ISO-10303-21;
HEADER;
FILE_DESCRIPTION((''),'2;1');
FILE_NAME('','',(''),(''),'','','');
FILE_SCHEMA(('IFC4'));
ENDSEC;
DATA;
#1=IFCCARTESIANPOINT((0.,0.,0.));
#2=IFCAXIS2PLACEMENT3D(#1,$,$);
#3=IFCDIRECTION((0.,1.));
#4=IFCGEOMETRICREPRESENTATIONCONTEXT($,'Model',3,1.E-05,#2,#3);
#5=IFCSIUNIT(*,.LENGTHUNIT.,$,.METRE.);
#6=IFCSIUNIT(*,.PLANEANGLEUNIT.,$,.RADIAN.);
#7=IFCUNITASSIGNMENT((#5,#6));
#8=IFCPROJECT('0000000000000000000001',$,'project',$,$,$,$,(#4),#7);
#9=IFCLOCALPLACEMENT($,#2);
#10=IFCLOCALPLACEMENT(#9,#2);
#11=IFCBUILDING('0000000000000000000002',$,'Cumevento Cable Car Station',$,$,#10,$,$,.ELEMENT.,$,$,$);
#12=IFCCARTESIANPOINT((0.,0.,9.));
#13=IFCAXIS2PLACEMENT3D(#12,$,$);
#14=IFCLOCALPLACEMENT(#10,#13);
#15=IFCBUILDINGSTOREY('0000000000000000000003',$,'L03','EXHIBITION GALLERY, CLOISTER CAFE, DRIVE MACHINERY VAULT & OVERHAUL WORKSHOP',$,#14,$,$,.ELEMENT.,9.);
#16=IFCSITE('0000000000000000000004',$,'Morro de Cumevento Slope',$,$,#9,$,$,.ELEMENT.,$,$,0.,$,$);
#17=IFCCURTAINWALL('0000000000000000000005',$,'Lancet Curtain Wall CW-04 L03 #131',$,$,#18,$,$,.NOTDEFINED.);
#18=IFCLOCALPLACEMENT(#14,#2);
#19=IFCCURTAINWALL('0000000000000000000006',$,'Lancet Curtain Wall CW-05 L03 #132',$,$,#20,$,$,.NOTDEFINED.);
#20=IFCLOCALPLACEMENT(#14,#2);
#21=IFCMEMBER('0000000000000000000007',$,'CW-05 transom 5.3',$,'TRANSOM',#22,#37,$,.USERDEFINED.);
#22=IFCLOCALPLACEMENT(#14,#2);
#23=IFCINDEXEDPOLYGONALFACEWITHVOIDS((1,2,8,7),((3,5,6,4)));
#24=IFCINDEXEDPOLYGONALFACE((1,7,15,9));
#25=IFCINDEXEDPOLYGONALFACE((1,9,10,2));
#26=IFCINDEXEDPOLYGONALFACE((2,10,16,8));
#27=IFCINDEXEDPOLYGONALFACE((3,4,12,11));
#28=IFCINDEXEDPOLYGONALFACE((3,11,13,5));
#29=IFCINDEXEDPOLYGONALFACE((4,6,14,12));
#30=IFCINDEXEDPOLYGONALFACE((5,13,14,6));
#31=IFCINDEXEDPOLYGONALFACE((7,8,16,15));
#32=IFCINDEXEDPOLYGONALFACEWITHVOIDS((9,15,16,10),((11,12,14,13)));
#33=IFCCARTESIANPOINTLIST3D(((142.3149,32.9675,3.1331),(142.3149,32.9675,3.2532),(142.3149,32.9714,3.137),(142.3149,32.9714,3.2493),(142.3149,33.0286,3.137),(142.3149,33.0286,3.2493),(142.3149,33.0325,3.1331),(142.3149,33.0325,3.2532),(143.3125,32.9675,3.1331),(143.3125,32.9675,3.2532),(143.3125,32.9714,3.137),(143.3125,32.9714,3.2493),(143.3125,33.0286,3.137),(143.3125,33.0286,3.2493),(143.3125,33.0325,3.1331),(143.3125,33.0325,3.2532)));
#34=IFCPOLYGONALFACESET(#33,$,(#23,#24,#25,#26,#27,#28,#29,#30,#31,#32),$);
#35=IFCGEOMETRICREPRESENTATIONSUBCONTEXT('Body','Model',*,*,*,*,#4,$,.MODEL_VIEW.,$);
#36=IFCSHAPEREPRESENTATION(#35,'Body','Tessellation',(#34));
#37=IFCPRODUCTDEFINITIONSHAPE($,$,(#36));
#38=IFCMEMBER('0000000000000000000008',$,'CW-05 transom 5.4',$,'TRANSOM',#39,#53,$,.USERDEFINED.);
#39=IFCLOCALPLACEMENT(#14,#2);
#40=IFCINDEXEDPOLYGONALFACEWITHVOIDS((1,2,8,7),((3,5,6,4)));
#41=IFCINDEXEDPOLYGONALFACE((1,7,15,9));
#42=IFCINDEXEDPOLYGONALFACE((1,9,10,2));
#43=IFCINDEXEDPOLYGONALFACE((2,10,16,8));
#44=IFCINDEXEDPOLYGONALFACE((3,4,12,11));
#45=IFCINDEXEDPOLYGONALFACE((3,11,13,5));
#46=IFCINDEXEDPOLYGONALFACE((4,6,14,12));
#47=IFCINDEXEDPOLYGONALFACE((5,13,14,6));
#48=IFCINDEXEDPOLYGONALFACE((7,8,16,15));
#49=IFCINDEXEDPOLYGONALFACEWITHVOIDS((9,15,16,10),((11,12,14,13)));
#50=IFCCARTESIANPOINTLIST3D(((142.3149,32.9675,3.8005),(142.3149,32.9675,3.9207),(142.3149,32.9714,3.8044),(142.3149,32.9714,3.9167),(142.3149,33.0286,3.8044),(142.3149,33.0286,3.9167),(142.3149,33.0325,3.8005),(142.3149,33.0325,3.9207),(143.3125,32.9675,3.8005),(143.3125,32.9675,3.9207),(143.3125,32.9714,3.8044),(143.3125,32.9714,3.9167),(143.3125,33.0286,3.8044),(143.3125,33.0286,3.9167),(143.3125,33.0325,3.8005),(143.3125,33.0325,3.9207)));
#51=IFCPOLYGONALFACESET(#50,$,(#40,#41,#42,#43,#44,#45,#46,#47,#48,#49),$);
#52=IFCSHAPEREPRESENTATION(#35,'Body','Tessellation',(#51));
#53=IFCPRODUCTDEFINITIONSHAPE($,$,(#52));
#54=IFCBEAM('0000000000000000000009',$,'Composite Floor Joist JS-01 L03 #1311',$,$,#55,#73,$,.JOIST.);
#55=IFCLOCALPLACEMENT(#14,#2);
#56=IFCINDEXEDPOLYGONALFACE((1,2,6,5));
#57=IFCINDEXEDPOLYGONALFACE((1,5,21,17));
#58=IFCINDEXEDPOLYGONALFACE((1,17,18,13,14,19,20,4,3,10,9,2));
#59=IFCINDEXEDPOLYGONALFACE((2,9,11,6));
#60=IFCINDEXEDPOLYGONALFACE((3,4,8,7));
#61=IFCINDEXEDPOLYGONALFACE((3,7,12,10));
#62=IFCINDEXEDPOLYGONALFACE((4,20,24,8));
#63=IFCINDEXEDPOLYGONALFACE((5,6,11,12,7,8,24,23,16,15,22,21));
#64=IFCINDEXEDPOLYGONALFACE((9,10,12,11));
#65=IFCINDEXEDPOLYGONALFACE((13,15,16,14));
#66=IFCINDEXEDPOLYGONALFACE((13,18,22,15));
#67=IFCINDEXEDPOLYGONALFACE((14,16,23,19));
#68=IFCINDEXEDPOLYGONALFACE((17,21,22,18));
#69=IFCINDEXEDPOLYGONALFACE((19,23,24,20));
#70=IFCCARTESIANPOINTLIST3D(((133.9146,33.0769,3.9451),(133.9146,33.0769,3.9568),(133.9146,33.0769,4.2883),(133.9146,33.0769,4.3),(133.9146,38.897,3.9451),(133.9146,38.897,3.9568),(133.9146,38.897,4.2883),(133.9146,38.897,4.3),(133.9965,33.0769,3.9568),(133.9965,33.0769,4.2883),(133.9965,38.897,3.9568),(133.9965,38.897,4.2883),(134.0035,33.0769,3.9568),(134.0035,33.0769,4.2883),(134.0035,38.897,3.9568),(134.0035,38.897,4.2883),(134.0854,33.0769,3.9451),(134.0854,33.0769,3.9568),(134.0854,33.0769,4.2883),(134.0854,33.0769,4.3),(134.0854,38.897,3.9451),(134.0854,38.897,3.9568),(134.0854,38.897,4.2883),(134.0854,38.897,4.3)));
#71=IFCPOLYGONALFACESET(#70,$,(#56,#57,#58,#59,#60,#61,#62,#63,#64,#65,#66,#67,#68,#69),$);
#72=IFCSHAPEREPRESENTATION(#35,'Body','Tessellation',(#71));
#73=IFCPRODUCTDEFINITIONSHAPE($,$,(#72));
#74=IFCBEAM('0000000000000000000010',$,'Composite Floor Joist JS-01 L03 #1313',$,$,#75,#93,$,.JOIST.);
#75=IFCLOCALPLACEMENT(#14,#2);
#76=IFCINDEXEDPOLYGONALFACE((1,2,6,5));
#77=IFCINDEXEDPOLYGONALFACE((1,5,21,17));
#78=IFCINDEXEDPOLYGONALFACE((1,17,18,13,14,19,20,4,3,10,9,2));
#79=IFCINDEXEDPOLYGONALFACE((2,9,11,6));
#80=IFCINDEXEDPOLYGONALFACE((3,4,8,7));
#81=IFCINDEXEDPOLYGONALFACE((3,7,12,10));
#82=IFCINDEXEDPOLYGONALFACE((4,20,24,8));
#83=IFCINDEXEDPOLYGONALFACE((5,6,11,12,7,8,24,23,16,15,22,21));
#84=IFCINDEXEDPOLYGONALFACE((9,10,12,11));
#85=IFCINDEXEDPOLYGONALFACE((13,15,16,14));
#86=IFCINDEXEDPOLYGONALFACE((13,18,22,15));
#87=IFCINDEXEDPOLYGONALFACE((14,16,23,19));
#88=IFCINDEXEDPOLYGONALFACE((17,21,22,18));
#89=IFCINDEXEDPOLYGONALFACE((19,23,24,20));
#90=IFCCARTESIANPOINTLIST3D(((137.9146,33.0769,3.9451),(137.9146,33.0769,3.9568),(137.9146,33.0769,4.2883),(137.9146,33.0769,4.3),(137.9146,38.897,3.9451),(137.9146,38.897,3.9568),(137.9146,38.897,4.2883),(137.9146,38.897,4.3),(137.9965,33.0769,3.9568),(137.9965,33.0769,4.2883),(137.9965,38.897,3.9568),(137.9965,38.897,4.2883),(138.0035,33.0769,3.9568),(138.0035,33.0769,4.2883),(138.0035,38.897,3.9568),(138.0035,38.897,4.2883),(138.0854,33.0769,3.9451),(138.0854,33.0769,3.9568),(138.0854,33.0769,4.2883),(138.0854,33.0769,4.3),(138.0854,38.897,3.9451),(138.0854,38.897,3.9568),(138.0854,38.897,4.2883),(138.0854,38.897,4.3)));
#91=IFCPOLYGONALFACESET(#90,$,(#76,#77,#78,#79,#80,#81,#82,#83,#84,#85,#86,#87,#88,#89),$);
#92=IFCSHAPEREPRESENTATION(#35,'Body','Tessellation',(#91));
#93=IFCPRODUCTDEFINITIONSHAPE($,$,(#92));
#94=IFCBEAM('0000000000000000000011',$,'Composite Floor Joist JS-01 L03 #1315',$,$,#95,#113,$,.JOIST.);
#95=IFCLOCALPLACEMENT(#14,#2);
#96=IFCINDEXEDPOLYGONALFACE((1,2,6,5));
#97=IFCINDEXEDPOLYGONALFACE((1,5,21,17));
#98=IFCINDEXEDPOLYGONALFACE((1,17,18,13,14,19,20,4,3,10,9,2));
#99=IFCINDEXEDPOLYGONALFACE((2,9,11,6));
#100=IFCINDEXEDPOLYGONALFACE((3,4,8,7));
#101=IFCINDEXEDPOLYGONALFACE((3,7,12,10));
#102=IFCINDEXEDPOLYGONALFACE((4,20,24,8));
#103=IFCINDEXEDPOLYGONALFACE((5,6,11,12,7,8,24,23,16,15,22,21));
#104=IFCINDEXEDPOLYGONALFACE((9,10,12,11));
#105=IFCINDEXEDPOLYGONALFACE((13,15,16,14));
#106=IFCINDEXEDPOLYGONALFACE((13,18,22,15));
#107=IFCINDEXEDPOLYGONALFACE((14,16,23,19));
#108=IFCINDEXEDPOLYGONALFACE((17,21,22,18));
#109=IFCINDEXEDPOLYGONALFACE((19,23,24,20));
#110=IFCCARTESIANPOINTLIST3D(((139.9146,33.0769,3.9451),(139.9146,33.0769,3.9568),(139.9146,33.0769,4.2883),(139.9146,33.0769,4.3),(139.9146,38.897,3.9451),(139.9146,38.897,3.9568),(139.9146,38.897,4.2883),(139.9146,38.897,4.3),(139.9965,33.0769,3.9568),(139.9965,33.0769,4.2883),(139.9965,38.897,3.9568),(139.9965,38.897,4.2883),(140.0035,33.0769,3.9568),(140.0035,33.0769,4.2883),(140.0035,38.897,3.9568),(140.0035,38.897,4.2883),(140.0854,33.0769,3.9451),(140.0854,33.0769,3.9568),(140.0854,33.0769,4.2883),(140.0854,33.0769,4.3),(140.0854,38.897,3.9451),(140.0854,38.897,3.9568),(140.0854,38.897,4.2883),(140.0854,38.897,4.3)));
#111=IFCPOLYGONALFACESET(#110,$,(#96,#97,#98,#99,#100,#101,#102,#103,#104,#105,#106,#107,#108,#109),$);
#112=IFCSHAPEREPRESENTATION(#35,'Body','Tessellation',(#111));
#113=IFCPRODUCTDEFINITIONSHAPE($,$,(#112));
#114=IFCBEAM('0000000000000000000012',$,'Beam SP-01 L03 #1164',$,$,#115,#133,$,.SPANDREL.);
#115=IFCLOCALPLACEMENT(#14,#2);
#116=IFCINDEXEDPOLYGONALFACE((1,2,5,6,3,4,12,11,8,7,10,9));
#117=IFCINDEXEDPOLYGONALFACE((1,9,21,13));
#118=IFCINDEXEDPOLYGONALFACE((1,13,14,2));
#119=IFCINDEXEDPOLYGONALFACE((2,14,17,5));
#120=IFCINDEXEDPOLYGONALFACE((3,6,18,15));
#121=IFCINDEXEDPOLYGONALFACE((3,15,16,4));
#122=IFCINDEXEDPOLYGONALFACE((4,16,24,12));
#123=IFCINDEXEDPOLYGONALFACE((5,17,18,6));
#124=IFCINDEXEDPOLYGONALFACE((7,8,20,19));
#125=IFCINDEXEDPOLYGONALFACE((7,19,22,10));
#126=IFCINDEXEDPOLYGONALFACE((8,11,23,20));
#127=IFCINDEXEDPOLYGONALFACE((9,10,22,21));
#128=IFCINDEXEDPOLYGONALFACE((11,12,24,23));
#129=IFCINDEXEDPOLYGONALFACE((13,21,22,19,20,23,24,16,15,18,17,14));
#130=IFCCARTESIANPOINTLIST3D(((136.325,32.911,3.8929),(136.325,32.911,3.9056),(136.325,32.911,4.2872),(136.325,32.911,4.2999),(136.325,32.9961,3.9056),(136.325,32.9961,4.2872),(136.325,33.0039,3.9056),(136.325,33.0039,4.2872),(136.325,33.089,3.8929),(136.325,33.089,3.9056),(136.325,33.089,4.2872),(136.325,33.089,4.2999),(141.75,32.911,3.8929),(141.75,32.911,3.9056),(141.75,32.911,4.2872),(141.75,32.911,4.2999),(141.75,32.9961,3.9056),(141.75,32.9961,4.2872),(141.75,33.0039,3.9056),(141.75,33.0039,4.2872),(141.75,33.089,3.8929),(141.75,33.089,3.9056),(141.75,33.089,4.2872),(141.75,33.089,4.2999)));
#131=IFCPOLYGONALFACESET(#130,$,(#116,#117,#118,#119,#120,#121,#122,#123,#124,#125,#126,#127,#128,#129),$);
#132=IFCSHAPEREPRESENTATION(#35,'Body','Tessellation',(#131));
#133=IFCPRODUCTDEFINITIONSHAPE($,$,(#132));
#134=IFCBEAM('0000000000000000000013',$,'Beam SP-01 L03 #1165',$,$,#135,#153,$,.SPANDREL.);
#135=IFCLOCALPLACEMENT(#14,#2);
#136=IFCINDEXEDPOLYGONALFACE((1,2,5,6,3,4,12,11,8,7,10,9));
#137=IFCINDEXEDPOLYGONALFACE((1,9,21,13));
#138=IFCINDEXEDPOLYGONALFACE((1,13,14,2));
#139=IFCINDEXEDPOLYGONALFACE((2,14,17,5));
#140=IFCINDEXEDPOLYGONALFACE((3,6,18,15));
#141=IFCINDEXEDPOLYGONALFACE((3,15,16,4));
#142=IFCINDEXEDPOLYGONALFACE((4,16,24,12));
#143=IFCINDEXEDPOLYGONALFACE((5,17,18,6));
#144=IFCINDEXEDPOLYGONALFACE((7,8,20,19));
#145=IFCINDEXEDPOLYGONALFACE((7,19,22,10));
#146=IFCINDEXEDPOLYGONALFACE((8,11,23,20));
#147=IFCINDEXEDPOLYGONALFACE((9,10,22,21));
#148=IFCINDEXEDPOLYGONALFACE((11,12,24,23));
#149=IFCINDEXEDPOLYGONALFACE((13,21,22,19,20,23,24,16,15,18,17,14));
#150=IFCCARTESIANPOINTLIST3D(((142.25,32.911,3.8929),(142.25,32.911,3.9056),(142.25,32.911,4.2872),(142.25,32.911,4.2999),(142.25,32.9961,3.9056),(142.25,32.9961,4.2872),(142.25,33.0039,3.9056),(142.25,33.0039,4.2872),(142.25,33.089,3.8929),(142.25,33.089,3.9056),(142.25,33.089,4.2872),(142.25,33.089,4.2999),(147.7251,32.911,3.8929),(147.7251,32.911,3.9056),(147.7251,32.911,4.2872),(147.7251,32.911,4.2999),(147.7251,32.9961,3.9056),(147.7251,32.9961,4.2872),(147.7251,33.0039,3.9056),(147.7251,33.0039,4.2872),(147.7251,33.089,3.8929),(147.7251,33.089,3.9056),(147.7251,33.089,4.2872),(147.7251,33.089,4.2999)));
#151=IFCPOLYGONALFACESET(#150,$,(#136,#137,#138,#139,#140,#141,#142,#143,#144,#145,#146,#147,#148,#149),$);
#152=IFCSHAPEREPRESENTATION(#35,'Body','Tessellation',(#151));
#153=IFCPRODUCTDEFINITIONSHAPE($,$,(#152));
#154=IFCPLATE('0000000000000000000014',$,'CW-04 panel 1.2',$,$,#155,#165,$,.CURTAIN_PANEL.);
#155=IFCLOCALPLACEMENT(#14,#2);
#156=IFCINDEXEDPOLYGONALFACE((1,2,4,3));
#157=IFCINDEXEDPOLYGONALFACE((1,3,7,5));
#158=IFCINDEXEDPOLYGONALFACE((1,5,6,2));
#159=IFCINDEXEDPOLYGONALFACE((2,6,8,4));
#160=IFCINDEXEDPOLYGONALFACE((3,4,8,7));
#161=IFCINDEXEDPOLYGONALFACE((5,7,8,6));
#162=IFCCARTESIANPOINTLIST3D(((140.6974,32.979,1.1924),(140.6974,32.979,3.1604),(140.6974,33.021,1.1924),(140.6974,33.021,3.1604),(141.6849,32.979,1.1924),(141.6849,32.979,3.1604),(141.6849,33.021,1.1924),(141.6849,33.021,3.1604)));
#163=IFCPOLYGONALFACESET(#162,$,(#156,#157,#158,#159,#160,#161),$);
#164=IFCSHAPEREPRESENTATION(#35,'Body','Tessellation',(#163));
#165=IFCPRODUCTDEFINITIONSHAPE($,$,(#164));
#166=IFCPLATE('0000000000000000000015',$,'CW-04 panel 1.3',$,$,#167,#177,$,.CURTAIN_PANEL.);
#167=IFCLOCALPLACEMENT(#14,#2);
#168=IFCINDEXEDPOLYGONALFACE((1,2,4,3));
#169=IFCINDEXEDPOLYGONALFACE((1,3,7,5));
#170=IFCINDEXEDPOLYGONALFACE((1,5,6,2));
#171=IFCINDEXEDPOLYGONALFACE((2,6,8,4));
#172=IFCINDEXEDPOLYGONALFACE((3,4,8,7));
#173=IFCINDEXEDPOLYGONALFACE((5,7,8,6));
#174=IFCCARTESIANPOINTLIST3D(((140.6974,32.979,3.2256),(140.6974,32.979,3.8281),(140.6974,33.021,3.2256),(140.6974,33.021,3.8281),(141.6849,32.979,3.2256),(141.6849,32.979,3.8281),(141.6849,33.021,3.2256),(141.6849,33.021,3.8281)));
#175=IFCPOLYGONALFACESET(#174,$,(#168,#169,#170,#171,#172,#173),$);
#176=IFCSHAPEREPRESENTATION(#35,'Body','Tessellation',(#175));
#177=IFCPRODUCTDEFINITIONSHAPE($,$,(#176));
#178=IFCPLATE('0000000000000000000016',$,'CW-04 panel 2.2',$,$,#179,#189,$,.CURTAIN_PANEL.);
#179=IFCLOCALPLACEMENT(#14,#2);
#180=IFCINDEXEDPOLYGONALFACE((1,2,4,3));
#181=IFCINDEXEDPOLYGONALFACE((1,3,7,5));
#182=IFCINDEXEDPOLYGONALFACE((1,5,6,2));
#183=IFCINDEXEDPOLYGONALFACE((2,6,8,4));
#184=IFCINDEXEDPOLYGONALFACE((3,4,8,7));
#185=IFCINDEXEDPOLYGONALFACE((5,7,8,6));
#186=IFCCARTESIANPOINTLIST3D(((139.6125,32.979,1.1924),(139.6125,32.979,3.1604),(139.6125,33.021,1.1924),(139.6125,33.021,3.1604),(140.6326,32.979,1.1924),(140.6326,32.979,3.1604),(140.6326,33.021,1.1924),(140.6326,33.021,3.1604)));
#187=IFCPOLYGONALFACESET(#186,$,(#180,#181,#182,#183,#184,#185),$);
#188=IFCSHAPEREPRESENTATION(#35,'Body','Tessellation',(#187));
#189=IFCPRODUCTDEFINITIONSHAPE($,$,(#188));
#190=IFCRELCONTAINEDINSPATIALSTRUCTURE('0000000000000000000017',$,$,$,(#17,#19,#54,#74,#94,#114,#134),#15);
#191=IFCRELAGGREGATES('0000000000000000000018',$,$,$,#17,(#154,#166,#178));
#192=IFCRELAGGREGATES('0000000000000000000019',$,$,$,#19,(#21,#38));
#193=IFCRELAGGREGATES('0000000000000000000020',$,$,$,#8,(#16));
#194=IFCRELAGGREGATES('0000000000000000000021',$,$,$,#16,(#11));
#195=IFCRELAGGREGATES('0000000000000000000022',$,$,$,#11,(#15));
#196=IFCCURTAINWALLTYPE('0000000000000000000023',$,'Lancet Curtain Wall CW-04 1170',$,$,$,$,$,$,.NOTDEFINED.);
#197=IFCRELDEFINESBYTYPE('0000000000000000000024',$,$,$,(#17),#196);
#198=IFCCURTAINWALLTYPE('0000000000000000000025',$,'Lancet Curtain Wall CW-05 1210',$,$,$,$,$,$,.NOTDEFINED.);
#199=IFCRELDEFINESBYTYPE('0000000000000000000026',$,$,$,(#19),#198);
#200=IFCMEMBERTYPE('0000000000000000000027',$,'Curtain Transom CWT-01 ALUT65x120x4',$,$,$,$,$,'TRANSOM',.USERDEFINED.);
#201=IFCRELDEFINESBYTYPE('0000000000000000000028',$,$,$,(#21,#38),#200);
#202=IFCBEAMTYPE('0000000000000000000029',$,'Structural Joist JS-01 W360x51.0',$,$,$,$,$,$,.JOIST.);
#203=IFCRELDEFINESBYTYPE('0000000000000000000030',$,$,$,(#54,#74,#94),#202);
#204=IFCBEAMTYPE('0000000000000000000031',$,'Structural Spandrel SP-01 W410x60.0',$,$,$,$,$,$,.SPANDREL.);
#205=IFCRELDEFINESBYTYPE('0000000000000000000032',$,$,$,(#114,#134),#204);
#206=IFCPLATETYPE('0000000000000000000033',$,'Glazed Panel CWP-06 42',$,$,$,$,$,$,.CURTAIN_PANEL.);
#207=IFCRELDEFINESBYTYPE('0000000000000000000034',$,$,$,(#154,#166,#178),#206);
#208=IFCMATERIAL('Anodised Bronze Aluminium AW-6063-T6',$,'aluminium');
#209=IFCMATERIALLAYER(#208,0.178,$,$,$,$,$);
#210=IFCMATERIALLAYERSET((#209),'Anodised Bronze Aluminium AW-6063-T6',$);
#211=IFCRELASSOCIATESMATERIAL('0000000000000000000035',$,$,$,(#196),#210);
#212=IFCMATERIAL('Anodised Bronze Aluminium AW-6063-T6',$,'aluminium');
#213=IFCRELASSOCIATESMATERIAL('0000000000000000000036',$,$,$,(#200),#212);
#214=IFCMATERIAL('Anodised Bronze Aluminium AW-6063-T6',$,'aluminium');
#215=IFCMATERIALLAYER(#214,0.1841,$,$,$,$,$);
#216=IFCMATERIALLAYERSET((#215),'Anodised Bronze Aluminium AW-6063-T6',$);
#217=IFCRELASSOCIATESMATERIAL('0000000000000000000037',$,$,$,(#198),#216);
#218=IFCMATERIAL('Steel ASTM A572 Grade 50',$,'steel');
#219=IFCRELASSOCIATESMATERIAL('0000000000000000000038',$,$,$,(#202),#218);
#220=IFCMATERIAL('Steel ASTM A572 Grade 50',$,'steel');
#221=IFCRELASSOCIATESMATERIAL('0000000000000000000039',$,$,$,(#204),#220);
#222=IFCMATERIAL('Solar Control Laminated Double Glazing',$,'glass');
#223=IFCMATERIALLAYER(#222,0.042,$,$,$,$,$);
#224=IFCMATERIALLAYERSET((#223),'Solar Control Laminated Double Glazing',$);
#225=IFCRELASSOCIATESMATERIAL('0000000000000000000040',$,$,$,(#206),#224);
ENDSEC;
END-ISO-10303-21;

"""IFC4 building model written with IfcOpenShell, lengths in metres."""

from ifc_helpers import new_model, si_unit, direction, frame, origin, origin_2d, place, context, subcontext, project, spatial, rectangle, hollow_rectangle, i_section, extrude, material, layer, layer_set, material_profile, profile_set, type_object, element, aggregate, save


model = new_model("IFC4")

# Units and contexts
model_context = context("Model", 3, precision=1e-05, world=origin(), true_north=direction((0.0, 1.0)))
body_context = subcontext(model_context, "Body", "Model", "MODEL_VIEW")
ifc_project = project(units=[si_unit("LENGTHUNIT", "METRE"), si_unit("PLANEANGLEUNIT", "RADIAN")], contexts=[model_context])

# Site, building, storey
site_placement = place(None, origin())
site = spatial("IfcSite", under=ifc_project, at=site_placement, Name="Morro de Cumevento Slope", CompositionType="ELEMENT", RefElevation=0.0)
building_placement = place(site_placement, origin())
building = spatial("IfcBuilding", under=site, at=building_placement, Name="Cumevento Cable Car Station", CompositionType="ELEMENT")
storey_placement = place(building_placement, frame((0.0, 0.0, 9.0)))
storey = spatial("IfcBuildingStorey", under=building, at=storey_placement, Name="L03", Description="EXHIBITION GALLERY, CLOISTER CAFE, DRIVE MACHINERY VAULT & OVERHAUL WORKSHOP", CompositionType="ELEMENT", Elevation=9.0)

# Curtain walls, members
ifc_material_1 = material(Name="Anodised Bronze Aluminium AW-6063-T6", Category="aluminium")
ifc_layer_1 = layer(ifc_material_1, 0.178)
ifc_layer_set_1 = layer_set([ifc_layer_1], Name="Anodised Bronze Aluminium AW-6063-T6")
curtain_wall_type_1 = type_object("IfcCurtainWallType", Name="Lancet Curtain Wall CW-04 1170", PredefinedType="NOTDEFINED", material=ifc_layer_set_1)
curtain_wall_1_placement = place(storey_placement, origin())
curtain_wall_1 = element("IfcCurtainWall", 1, at=curtain_wall_1_placement, inside=storey, type_object=curtain_wall_type_1, Name="Lancet Curtain Wall CW-04 L03 #131", PredefinedType="NOTDEFINED")
ifc_material_2 = material(Name="Anodised Bronze Aluminium AW-6063-T6", Category="aluminium")
ifc_material_profile_1 = material_profile(ifc_material_2, hollow_rectangle(XDim=0.0649, YDim=0.1201, WallThickness=0.0039, at=origin_2d()), Name="ALUT65x120x4")
ifc_profile_set_1 = profile_set([ifc_material_profile_1], Name="Anodised Bronze Aluminium AW-6063-T6")
member_type = type_object("IfcMemberType", Name="Curtain Transom CWT-01 ALUT65x120x4", ElementType="TRANSOM", PredefinedType="USERDEFINED", material=ifc_profile_set_1)
ifc_material_3 = material(Name="Anodised Bronze Aluminium AW-6063-T6", Category="aluminium")
ifc_layer_2 = layer(ifc_material_3, 0.1841)
ifc_layer_set_2 = layer_set([ifc_layer_2], Name="Anodised Bronze Aluminium AW-6063-T6")
curtain_wall_type_2 = type_object("IfcCurtainWallType", Name="Lancet Curtain Wall CW-05 1210", PredefinedType="NOTDEFINED", material=ifc_layer_set_2)
curtain_wall_2_placement = place(storey_placement, origin())
curtain_wall_2 = element("IfcCurtainWall", 2, at=curtain_wall_2_placement, inside=storey, type_object=curtain_wall_type_2, Name="Lancet Curtain Wall CW-05 L03 #132", PredefinedType="NOTDEFINED")
member_1_placement = place(storey_placement, frame((143.3125, 33.0, 3.1931), z_axis=(-1.0, 0.0, 0.0), x_axis=(0.0, -1.0, 0.0)))
member_1 = element("IfcMember", 3, at=member_1_placement, type_object=member_type, Name="CW-05 transom 5.3", ObjectType="TRANSOM", PredefinedType="USERDEFINED", context=body_context, shape_type="SweptSolid", body=[
    extrude(hollow_rectangle(XDim=0.0649, YDim=0.1201, WallThickness=0.0039, at=origin_2d()), origin(), (0.0, 0.0, 1.0), 0.9976),
])
member_2_placement = place(storey_placement, frame((143.3125, 33.0, 3.8606), z_axis=(-1.0, 0.0, 0.0), x_axis=(0.0, -1.0, 0.0)))
member_2 = element("IfcMember", 4, at=member_2_placement, type_object=member_type, Name="CW-05 transom 5.4", ObjectType="TRANSOM", PredefinedType="USERDEFINED", context=body_context, shape_type="SweptSolid", body=[
    extrude(hollow_rectangle(XDim=0.0649, YDim=0.1201, WallThickness=0.0039, at=origin_2d()), origin(), (0.0, 0.0, 1.0), 0.9976),
])

# Beams
ifc_material_4 = material(Name="Steel ASTM A572 Grade 50", Category="steel")
ifc_material_profile_2 = material_profile(ifc_material_4, i_section(OverallWidth=0.1709, OverallDepth=0.355, WebThickness=0.0071, FlangeThickness=0.0117, at=origin_2d()), Name="W360x51.0")
ifc_profile_set_2 = profile_set([ifc_material_profile_2], Name="Steel ASTM A572 Grade 50")
beam_type_1 = type_object("IfcBeamType", Name="Structural Joist JS-01 W360x51.0", PredefinedType="JOIST", material=ifc_profile_set_2)
for number, where, z_axis, x_axis, name in (
    (5, (134.0, 33.0769, 4.1226), (0.0, 1.0, 0.0), (-1.0, 0.0, 0.0), "Composite Floor Joist JS-01 L03 #1311"),
    (6, (138.0, 33.0769, 4.1226), (0.0, 1.0, 0.0), (-1.0, 0.0, 0.0), "Composite Floor Joist JS-01 L03 #1313"),
    (7, (140.0, 33.0769, 4.1226), (0.0, 1.0, 0.0), (-1.0, 0.0, 0.0), "Composite Floor Joist JS-01 L03 #1315"),
):
    element("IfcBeam", number, at=place(storey_placement, frame(where, z_axis=z_axis, x_axis=x_axis)), inside=storey, type_object=beam_type_1, Name=name, PredefinedType="JOIST", context=body_context, shape_type="SweptSolid", body=[
        extrude(i_section(OverallWidth=0.1709, OverallDepth=0.355, WebThickness=0.0071, FlangeThickness=0.0117, at=origin_2d()), origin(), (0.0, 0.0, 1.0), 5.8201),
    ])
ifc_material_5 = material(Name="Steel ASTM A572 Grade 50", Category="steel")
ifc_material_profile_3 = material_profile(ifc_material_5, i_section(OverallWidth=0.178, OverallDepth=0.407, WebThickness=0.0078, FlangeThickness=0.0127, at=origin_2d()), Name="W410x60.0")
ifc_profile_set_3 = profile_set([ifc_material_profile_3], Name="Steel ASTM A572 Grade 50")
beam_type_2 = type_object("IfcBeamType", Name="Structural Spandrel SP-01 W410x60.0", PredefinedType="SPANDREL", material=ifc_profile_set_3)
beam_1_placement = place(storey_placement, frame((136.325, 33.0, 4.0964), z_axis=(1.0, 0.0, 0.0), x_axis=(0.0, 1.0, 0.0)))
element("IfcBeam", 8, at=beam_1_placement, inside=storey, type_object=beam_type_2, Name="Beam SP-01 L03 #1164", PredefinedType="SPANDREL", context=body_context, shape_type="SweptSolid", body=[
    extrude(i_section(OverallWidth=0.178, OverallDepth=0.407, WebThickness=0.0078, FlangeThickness=0.0127, at=origin_2d()), origin(), (0.0, 0.0, 1.0), 5.425),
])
beam_2_placement = place(storey_placement, frame((142.25, 33.0, 4.0964), z_axis=(1.0, 0.0, 0.0), x_axis=(0.0, 1.0, 0.0)))
element("IfcBeam", 9, at=beam_2_placement, inside=storey, type_object=beam_type_2, Name="Beam SP-01 L03 #1165", PredefinedType="SPANDREL", context=body_context, shape_type="SweptSolid", body=[
    extrude(i_section(OverallWidth=0.178, OverallDepth=0.407, WebThickness=0.0078, FlangeThickness=0.0127, at=origin_2d()), origin(), (0.0, 0.0, 1.0), 5.4751),
])

# Plates
ifc_material_6 = material(Name="Solar Control Laminated Double Glazing", Category="glass")
ifc_layer_3 = layer(ifc_material_6, 0.042)
ifc_layer_set_3 = layer_set([ifc_layer_3], Name="Solar Control Laminated Double Glazing")
plate_type_1 = type_object("IfcPlateType", Name="Glazed Panel CWP-06 42", PredefinedType="CURTAIN_PANEL", material=ifc_layer_set_3)
plate_1_placement = place(storey_placement, frame((141.1912, 33.0, 1.1924), z_axis=(0.0, 0.0, 1.0), x_axis=(-1.0, 0.0, 0.0)))
plate_1 = element("IfcPlate", 10, at=plate_1_placement, type_object=plate_type_1, Name="CW-04 panel 1.2", PredefinedType="CURTAIN_PANEL", context=body_context, shape_type="SweptSolid", body=[
    extrude(rectangle(XDim=0.9875, YDim=0.042, at=origin_2d()), origin(), (0.0, 0.0, 1.0), 1.968),
])
plate_2_placement = place(storey_placement, frame((141.1912, 33.0, 3.2256), z_axis=(0.0, 0.0, 1.0), x_axis=(-1.0, 0.0, 0.0)))
plate_2 = element("IfcPlate", 11, at=plate_2_placement, type_object=plate_type_1, Name="CW-04 panel 1.3", PredefinedType="CURTAIN_PANEL", context=body_context, shape_type="SweptSolid", body=[
    extrude(rectangle(XDim=0.9875, YDim=0.042, at=origin_2d()), origin(), (0.0, 0.0, 1.0), 0.6025),
])
plate_3_placement = place(storey_placement, frame((140.1226, 33.0, 1.1924), z_axis=(0.0, 0.0, 1.0), x_axis=(-1.0, 0.0, 0.0)))
plate_3 = element("IfcPlate", 12, at=plate_3_placement, type_object=plate_type_1, Name="CW-04 panel 2.2", PredefinedType="CURTAIN_PANEL", context=body_context, shape_type="SweptSolid", body=[
    extrude(rectangle(XDim=1.02, YDim=0.042, at=origin_2d()), origin(), (0.0, 0.0, 1.0), 1.968),
])
aggregate(curtain_wall_1, [plate_1, plate_2, plate_3])
aggregate(curtain_wall_2, [member_1, member_2])

save(model, "model.ifc")
